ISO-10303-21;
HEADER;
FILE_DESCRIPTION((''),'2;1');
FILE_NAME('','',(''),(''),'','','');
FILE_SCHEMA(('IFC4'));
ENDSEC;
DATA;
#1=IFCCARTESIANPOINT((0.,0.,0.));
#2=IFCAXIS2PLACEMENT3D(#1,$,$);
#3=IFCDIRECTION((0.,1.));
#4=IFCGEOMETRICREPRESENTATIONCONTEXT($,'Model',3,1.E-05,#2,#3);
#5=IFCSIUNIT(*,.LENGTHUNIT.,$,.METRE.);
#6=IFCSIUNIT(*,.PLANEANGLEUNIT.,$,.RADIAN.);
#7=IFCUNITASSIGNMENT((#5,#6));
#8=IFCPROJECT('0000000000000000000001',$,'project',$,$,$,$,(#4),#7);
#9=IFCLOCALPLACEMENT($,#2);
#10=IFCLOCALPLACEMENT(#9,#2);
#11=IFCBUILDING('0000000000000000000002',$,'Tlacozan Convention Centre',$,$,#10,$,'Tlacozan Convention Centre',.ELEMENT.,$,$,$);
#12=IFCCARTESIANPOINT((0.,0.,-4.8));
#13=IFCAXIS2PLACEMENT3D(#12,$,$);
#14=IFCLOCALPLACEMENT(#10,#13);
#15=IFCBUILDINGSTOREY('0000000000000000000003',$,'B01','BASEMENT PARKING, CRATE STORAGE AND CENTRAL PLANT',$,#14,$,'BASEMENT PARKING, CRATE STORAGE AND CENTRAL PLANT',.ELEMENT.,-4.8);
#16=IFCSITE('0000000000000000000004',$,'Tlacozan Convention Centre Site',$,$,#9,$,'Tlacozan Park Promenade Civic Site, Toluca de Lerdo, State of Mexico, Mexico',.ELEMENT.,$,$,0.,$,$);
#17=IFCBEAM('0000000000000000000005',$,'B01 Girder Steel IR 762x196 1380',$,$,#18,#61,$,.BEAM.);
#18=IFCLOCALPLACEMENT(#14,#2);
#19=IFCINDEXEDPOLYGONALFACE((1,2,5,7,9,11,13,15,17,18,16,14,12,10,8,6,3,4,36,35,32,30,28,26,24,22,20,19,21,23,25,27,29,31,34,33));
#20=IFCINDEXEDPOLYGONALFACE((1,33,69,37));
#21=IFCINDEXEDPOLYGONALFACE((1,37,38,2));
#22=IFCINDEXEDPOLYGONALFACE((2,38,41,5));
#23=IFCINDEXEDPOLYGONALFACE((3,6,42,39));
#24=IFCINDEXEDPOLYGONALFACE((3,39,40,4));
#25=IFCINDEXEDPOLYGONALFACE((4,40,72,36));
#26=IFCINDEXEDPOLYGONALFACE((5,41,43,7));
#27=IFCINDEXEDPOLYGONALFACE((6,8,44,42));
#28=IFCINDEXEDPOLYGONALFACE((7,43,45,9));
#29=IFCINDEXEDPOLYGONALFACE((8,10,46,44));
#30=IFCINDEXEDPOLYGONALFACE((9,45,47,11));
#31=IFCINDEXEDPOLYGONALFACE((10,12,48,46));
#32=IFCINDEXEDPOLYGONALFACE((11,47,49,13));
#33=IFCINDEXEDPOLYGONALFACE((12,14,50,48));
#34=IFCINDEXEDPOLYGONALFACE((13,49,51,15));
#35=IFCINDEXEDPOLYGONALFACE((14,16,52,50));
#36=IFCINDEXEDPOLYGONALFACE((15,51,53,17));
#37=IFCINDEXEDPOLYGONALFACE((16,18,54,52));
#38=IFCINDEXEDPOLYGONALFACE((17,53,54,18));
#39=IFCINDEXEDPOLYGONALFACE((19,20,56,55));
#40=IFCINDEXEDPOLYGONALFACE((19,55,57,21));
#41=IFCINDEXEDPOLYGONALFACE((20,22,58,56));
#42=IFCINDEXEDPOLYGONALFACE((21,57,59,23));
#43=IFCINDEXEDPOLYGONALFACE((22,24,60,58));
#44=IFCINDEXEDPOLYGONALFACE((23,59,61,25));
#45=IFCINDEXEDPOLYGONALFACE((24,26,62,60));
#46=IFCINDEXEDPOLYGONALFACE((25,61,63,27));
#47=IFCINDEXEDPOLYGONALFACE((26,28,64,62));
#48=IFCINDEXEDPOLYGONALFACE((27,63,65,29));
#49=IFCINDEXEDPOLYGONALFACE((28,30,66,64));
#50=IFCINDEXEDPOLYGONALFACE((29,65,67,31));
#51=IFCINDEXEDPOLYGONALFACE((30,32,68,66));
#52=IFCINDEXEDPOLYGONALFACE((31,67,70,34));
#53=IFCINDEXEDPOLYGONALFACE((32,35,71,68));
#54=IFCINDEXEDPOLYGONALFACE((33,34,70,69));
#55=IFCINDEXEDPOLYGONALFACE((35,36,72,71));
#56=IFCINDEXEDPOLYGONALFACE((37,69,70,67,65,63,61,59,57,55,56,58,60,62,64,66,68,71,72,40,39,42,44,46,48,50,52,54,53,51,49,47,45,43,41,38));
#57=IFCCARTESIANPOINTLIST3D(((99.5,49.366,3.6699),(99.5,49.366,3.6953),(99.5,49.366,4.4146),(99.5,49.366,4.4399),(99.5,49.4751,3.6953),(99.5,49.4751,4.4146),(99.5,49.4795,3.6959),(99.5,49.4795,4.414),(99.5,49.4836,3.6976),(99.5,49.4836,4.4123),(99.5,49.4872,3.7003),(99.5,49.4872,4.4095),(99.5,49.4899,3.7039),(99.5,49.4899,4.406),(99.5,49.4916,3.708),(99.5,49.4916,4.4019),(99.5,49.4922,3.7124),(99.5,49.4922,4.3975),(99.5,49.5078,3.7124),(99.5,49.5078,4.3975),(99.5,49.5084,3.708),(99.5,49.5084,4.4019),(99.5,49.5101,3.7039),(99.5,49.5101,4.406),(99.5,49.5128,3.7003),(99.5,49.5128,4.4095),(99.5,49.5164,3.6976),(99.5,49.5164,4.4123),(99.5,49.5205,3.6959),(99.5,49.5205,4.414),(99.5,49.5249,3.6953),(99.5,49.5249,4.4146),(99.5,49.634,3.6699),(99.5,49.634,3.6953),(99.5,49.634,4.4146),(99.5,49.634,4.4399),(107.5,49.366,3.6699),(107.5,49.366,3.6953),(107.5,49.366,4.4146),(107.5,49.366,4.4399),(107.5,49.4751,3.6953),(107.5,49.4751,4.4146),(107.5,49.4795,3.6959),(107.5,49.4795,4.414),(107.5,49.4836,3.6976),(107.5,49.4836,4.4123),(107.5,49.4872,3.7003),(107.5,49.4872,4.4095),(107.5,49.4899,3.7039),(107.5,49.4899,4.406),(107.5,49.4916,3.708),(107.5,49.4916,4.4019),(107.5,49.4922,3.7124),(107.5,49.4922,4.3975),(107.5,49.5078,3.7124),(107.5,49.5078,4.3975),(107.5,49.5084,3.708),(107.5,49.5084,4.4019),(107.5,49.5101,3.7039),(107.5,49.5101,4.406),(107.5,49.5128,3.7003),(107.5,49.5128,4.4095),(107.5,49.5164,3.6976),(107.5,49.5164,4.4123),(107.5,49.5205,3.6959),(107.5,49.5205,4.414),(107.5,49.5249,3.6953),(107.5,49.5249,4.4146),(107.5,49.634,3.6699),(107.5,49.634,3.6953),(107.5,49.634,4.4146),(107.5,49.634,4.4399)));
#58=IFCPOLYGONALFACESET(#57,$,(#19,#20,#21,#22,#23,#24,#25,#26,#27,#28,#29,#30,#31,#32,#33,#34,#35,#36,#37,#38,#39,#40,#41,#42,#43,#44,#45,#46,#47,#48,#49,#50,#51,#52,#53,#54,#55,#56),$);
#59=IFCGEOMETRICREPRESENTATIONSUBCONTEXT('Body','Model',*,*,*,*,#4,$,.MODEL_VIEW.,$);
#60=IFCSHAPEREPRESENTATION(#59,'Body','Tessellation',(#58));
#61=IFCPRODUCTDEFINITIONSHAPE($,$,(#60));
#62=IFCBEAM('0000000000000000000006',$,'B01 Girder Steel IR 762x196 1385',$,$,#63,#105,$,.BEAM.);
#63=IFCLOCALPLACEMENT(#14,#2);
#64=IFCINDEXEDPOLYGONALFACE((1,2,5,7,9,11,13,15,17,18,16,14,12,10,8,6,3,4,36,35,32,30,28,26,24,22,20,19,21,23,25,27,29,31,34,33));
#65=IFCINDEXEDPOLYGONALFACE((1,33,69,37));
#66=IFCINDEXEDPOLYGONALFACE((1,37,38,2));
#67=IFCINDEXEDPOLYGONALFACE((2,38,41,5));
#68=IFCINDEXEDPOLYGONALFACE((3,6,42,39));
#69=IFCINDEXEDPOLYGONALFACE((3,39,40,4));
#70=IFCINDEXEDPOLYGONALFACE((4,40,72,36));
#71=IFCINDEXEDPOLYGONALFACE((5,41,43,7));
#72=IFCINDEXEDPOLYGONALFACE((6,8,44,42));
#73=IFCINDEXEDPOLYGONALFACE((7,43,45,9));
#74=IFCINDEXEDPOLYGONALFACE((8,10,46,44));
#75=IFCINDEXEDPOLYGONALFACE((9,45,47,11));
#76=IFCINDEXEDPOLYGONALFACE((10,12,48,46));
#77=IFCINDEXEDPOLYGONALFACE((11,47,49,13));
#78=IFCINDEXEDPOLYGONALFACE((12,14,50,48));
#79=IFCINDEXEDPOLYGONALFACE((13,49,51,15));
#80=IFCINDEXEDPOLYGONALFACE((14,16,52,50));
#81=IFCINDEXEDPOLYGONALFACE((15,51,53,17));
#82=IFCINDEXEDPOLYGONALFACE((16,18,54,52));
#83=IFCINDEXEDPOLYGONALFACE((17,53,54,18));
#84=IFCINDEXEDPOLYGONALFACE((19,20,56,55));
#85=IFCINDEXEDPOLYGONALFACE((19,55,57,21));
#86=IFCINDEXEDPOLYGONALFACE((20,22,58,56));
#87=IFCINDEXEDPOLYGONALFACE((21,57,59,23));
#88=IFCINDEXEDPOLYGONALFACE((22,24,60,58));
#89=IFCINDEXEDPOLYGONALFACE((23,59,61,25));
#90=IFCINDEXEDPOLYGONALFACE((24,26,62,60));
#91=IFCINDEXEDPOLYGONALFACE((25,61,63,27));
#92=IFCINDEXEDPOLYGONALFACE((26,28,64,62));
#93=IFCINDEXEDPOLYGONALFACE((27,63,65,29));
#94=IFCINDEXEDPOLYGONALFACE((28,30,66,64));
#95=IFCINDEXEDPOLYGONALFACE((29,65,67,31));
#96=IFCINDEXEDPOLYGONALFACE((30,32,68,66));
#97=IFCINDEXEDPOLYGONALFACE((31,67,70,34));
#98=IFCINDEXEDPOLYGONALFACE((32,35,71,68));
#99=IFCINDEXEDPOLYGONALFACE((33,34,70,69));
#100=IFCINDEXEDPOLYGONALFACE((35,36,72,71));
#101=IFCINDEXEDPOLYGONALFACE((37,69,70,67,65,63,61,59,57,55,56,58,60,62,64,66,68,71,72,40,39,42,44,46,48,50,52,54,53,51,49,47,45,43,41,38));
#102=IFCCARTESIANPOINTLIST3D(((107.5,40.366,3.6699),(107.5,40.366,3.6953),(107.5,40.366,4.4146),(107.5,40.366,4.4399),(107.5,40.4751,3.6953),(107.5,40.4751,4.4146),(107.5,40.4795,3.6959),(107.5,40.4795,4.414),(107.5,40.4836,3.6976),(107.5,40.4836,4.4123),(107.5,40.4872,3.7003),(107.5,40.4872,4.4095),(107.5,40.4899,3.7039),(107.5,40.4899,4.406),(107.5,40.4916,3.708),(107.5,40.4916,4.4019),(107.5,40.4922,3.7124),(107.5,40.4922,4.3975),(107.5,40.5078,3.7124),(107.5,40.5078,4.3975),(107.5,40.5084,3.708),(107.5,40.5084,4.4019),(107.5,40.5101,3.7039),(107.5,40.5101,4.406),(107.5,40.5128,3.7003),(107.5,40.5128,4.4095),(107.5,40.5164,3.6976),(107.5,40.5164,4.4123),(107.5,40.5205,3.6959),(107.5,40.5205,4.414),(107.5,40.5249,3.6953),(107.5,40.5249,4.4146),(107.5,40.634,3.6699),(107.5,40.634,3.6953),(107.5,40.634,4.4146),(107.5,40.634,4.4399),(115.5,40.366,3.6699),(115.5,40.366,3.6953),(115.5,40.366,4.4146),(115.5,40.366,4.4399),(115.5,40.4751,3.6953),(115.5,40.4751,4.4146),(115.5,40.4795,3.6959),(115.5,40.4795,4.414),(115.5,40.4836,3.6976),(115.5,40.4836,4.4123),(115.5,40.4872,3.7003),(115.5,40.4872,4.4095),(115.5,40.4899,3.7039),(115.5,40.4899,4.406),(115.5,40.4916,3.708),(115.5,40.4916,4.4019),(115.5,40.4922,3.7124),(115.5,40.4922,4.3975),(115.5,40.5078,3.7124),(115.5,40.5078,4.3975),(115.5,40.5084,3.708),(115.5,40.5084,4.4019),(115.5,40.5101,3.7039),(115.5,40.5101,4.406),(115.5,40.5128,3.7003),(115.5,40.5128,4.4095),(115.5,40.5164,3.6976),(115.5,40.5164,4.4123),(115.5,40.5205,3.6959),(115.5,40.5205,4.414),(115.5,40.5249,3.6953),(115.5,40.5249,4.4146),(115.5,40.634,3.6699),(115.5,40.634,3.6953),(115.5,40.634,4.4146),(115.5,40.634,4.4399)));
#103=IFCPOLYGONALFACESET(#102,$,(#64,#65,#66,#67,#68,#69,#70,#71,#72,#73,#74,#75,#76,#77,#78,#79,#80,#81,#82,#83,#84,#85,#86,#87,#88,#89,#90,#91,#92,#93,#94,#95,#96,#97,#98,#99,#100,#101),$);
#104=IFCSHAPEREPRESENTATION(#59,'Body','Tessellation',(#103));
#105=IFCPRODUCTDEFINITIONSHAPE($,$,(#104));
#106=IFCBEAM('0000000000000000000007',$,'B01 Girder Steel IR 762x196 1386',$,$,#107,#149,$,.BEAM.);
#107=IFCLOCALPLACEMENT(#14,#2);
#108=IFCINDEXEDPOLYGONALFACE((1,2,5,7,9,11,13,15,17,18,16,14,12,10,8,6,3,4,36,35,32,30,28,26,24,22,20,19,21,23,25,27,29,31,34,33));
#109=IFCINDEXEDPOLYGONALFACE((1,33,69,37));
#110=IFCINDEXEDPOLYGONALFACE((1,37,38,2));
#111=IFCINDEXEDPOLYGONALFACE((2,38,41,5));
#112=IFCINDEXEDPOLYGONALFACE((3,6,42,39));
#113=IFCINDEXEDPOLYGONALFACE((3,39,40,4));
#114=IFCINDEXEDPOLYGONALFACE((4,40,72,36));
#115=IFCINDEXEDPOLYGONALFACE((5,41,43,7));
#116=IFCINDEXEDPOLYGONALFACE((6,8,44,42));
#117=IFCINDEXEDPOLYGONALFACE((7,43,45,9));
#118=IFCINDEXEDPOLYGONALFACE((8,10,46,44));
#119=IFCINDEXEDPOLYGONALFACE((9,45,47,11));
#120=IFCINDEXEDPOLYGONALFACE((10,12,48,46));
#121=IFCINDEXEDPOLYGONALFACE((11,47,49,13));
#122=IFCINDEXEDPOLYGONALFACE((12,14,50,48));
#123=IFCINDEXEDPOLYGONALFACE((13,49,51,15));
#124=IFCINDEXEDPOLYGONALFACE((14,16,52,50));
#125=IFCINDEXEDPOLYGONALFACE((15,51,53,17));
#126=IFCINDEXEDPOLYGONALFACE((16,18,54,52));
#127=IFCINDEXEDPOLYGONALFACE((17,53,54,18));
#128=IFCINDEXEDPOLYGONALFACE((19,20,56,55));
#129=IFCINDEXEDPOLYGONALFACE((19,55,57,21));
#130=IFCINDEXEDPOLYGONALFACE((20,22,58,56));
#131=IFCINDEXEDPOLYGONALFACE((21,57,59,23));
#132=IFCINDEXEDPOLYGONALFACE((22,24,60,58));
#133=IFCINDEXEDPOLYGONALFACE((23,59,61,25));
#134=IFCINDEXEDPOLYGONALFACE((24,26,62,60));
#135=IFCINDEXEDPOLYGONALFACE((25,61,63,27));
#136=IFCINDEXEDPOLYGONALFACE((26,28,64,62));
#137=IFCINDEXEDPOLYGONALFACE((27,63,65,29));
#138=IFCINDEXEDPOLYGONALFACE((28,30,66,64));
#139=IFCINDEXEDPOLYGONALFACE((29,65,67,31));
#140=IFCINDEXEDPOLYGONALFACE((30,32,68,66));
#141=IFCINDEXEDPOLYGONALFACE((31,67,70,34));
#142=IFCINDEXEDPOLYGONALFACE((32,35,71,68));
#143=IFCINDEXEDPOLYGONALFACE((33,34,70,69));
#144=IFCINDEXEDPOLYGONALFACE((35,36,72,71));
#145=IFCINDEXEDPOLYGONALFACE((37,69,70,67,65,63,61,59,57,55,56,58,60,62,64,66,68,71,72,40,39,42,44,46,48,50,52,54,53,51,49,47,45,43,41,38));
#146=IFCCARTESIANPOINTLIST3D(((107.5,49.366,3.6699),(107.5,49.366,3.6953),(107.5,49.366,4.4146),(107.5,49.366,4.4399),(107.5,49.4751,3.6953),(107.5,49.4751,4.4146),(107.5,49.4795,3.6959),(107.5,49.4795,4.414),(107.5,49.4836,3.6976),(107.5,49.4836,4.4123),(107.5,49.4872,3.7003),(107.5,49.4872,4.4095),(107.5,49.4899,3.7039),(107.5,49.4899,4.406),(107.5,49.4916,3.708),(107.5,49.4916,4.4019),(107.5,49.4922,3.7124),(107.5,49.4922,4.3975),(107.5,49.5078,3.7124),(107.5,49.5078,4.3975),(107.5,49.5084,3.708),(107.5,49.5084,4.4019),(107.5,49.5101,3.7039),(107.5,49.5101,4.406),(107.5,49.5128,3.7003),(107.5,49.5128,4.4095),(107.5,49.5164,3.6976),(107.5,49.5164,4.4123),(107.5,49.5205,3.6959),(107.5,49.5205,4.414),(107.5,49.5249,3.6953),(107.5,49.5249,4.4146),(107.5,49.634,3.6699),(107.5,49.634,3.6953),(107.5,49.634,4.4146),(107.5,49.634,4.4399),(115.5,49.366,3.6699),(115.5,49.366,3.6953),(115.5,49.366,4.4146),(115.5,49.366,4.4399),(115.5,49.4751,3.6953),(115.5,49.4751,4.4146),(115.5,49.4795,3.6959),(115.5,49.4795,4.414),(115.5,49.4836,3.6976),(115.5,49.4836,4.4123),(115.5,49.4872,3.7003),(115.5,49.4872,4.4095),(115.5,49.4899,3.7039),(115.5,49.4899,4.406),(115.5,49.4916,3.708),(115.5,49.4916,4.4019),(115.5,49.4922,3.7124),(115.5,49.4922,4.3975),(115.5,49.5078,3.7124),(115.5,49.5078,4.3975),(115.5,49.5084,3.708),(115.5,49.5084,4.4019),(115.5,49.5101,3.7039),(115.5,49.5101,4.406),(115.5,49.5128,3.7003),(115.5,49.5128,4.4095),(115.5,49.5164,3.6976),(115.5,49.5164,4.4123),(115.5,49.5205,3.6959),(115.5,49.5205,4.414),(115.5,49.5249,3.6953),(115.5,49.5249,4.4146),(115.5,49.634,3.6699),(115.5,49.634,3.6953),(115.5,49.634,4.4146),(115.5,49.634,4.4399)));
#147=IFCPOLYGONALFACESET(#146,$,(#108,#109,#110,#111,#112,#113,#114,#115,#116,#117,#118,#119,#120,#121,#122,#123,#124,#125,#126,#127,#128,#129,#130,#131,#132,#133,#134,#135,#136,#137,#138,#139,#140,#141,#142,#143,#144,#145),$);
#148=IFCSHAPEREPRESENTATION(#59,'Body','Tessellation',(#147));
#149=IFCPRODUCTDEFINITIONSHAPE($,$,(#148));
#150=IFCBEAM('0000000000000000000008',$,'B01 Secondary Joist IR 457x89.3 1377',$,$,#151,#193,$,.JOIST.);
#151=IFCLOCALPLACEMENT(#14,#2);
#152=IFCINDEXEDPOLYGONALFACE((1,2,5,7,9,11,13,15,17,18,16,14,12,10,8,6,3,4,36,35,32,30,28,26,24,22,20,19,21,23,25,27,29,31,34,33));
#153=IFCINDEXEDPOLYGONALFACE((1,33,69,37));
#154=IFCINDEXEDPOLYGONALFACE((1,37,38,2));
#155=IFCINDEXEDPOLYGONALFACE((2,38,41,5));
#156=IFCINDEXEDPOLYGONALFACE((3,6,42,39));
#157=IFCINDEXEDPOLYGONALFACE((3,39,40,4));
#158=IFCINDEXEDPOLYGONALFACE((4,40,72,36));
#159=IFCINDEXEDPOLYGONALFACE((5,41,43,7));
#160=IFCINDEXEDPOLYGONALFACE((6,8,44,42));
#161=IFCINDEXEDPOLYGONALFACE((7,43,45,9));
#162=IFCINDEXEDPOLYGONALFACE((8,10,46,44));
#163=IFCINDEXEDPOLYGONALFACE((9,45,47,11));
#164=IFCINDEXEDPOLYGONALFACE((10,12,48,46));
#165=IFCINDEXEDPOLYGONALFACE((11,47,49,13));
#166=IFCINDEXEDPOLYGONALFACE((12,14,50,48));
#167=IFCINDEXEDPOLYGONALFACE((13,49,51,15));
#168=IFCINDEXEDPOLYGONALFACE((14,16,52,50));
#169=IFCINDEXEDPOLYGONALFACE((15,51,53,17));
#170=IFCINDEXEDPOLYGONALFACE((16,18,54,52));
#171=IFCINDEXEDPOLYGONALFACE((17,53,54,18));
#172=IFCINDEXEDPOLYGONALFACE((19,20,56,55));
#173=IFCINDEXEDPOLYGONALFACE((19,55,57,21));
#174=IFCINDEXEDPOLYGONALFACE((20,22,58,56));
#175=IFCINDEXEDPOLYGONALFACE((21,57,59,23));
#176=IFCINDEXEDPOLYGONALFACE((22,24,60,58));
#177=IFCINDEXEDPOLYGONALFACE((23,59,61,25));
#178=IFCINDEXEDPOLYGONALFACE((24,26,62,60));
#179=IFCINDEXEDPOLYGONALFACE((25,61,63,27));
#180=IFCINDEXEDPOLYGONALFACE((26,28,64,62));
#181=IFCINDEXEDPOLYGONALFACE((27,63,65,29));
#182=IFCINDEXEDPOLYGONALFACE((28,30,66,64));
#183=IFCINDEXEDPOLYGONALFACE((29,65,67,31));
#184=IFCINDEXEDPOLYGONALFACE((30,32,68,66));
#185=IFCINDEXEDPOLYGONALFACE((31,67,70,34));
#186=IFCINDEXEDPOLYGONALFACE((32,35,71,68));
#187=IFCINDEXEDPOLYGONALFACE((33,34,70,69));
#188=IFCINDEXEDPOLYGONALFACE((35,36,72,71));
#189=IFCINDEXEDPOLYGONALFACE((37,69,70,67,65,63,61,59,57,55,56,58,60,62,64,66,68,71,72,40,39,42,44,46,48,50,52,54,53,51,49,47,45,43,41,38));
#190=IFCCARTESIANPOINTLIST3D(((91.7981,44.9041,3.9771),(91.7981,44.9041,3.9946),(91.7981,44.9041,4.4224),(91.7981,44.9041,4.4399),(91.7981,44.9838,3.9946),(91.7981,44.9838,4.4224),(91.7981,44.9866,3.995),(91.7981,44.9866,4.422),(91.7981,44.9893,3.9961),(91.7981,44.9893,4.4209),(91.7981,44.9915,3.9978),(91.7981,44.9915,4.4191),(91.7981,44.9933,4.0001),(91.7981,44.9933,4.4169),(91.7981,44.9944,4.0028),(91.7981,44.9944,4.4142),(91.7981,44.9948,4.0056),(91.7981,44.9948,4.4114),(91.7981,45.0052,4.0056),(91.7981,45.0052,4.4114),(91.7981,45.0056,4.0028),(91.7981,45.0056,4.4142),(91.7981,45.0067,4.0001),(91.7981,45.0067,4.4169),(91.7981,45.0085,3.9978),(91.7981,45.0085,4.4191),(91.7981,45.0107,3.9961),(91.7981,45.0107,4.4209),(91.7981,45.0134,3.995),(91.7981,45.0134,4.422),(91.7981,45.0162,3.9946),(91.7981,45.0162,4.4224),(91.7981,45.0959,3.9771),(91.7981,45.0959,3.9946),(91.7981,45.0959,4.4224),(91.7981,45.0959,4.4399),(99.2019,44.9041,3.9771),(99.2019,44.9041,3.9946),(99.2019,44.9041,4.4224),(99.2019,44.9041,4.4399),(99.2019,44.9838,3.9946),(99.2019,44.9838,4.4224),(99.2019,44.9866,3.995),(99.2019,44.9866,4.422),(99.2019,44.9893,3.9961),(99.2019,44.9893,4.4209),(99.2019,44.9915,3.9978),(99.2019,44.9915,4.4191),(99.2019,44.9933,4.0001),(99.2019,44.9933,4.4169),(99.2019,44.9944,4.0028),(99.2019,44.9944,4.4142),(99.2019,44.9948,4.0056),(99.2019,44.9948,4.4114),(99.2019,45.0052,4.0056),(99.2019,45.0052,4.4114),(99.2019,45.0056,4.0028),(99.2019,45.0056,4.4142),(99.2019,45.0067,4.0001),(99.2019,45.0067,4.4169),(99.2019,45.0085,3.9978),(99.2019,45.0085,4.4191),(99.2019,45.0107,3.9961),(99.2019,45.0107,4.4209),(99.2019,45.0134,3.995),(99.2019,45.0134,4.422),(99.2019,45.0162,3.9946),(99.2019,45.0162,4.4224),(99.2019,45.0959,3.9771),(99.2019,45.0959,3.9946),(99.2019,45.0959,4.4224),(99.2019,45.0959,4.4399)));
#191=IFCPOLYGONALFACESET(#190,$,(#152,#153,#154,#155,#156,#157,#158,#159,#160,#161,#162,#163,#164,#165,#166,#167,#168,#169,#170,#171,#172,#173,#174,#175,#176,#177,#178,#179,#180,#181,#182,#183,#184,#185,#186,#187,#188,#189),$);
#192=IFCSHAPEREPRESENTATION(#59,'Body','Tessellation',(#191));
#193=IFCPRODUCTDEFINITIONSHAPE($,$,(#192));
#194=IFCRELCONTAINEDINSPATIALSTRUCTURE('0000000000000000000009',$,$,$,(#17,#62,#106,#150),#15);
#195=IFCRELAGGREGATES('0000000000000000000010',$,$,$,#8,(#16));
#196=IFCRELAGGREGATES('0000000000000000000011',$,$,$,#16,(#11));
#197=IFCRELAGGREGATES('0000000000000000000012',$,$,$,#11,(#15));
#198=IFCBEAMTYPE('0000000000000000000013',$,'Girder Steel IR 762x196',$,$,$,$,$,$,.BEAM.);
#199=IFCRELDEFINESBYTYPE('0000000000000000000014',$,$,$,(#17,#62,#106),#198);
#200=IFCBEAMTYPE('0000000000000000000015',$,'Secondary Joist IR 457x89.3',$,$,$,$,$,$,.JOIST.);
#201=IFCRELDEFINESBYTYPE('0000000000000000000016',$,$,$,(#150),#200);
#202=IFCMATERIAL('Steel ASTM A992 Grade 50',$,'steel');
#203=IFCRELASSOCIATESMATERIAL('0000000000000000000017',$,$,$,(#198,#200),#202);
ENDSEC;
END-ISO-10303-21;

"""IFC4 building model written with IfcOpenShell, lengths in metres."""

from ifc_helpers import new_model, si_unit, direction, frame, origin, origin_2d, place, context, subcontext, project, spatial, i_section, extrude, material, material_profile, profile_set, type_object, element, save


model = new_model("IFC4")

# Units and contexts
model_context = context("Model", 3, precision=1e-05, world=origin(), true_north=direction((0.0, 1.0)))
body_context = subcontext(model_context, "Body", "Model", "MODEL_VIEW")
ifc_project = project(units=[si_unit("LENGTHUNIT", "METRE"), si_unit("PLANEANGLEUNIT", "RADIAN")], contexts=[model_context])

# Site, building, storey
site_placement = place(None, origin())
site = spatial("IfcSite", under=ifc_project, at=site_placement, Name="Tlacozan Convention Centre Site", LongName="Tlacozan Park Promenade Civic Site, Toluca de Lerdo, State of Mexico, Mexico", CompositionType="ELEMENT", RefElevation=0.0)
building_placement = place(site_placement, origin())
building = spatial("IfcBuilding", under=site, at=building_placement, Name="Tlacozan Convention Centre", LongName="Tlacozan Convention Centre", CompositionType="ELEMENT")
storey_placement = place(building_placement, frame((0.0, 0.0, -4.8)))
storey = spatial("IfcBuildingStorey", under=building, at=storey_placement, Name="B01", Description="BASEMENT PARKING, CRATE STORAGE AND CENTRAL PLANT", LongName="BASEMENT PARKING, CRATE STORAGE AND CENTRAL PLANT", CompositionType="ELEMENT", Elevation=-4.8)

# Beams
ifc_material_1 = material(Name="Steel ASTM A992 Grade 50", Category="steel")
ifc_material_profile_1 = material_profile(ifc_material_1, i_section(OverallWidth=0.2681, OverallDepth=0.77, WebThickness=0.0156, FlangeThickness=0.0254, FilletRadius=0.0171, at=origin_2d()), Name="IR 762x196.0")
ifc_profile_set_1 = profile_set([ifc_material_profile_1], Name="Steel ASTM A992 Grade 50")
beam_type_1 = type_object("IfcBeamType", Name="Girder Steel IR 762x196", PredefinedType="BEAM", material=ifc_profile_set_1)
for number, where, z_axis, x_axis, name in (
    (1, (99.5, 49.5, 4.0549), (1.0, 0.0, 0.0), (0.0, 1.0, 0.0), "B01 Girder Steel IR 762x196 1380"),
    (2, (107.5, 40.5, 4.0549), (1.0, 0.0, 0.0), (0.0, 1.0, 0.0), "B01 Girder Steel IR 762x196 1385"),
    (3, (107.5, 49.5, 4.0549), (1.0, 0.0, 0.0), (0.0, 1.0, 0.0), "B01 Girder Steel IR 762x196 1386"),
):
    element("IfcBeam", number, at=place(storey_placement, frame(where, z_axis=z_axis, x_axis=x_axis)), inside=storey, type_object=beam_type_1, Name=name, PredefinedType="BEAM", context=body_context, shape_type="SweptSolid", body=[
        extrude(i_section(OverallWidth=0.2681, OverallDepth=0.77, WebThickness=0.0156, FlangeThickness=0.0254, FilletRadius=0.0171, at=origin_2d()), origin(), (0.0, 0.0, 1.0), 8.0),
    ])
ifc_material_profile_2 = material_profile(ifc_material_1, i_section(OverallWidth=0.1919, OverallDepth=0.4629, WebThickness=0.0105, FlangeThickness=0.0176, FilletRadius=0.011, at=origin_2d()), Name="IR 457x89.3")
ifc_profile_set_2 = profile_set([ifc_material_profile_2], Name="Steel ASTM A992 Grade 50")
beam_type_2 = type_object("IfcBeamType", Name="Secondary Joist IR 457x89.3", PredefinedType="JOIST", material=ifc_profile_set_2)
for number, where, z_axis, x_axis, name in (
    (4, (91.7981, 45.0, 4.2085), (1.0, 0.0, 0.0), (0.0, 1.0, 0.0), "B01 Secondary Joist IR 457x89.3 1377"),
):
    element("IfcBeam", number, at=place(storey_placement, frame(where, z_axis=z_axis, x_axis=x_axis)), inside=storey, type_object=beam_type_2, Name=name, PredefinedType="JOIST", context=body_context, shape_type="SweptSolid", body=[
        extrude(i_section(OverallWidth=0.1919, OverallDepth=0.4629, WebThickness=0.0105, FlangeThickness=0.0176, FilletRadius=0.011, at=origin_2d()), origin(), (0.0, 0.0, 1.0), 7.4038),
    ])

save(model, "model.ifc")
